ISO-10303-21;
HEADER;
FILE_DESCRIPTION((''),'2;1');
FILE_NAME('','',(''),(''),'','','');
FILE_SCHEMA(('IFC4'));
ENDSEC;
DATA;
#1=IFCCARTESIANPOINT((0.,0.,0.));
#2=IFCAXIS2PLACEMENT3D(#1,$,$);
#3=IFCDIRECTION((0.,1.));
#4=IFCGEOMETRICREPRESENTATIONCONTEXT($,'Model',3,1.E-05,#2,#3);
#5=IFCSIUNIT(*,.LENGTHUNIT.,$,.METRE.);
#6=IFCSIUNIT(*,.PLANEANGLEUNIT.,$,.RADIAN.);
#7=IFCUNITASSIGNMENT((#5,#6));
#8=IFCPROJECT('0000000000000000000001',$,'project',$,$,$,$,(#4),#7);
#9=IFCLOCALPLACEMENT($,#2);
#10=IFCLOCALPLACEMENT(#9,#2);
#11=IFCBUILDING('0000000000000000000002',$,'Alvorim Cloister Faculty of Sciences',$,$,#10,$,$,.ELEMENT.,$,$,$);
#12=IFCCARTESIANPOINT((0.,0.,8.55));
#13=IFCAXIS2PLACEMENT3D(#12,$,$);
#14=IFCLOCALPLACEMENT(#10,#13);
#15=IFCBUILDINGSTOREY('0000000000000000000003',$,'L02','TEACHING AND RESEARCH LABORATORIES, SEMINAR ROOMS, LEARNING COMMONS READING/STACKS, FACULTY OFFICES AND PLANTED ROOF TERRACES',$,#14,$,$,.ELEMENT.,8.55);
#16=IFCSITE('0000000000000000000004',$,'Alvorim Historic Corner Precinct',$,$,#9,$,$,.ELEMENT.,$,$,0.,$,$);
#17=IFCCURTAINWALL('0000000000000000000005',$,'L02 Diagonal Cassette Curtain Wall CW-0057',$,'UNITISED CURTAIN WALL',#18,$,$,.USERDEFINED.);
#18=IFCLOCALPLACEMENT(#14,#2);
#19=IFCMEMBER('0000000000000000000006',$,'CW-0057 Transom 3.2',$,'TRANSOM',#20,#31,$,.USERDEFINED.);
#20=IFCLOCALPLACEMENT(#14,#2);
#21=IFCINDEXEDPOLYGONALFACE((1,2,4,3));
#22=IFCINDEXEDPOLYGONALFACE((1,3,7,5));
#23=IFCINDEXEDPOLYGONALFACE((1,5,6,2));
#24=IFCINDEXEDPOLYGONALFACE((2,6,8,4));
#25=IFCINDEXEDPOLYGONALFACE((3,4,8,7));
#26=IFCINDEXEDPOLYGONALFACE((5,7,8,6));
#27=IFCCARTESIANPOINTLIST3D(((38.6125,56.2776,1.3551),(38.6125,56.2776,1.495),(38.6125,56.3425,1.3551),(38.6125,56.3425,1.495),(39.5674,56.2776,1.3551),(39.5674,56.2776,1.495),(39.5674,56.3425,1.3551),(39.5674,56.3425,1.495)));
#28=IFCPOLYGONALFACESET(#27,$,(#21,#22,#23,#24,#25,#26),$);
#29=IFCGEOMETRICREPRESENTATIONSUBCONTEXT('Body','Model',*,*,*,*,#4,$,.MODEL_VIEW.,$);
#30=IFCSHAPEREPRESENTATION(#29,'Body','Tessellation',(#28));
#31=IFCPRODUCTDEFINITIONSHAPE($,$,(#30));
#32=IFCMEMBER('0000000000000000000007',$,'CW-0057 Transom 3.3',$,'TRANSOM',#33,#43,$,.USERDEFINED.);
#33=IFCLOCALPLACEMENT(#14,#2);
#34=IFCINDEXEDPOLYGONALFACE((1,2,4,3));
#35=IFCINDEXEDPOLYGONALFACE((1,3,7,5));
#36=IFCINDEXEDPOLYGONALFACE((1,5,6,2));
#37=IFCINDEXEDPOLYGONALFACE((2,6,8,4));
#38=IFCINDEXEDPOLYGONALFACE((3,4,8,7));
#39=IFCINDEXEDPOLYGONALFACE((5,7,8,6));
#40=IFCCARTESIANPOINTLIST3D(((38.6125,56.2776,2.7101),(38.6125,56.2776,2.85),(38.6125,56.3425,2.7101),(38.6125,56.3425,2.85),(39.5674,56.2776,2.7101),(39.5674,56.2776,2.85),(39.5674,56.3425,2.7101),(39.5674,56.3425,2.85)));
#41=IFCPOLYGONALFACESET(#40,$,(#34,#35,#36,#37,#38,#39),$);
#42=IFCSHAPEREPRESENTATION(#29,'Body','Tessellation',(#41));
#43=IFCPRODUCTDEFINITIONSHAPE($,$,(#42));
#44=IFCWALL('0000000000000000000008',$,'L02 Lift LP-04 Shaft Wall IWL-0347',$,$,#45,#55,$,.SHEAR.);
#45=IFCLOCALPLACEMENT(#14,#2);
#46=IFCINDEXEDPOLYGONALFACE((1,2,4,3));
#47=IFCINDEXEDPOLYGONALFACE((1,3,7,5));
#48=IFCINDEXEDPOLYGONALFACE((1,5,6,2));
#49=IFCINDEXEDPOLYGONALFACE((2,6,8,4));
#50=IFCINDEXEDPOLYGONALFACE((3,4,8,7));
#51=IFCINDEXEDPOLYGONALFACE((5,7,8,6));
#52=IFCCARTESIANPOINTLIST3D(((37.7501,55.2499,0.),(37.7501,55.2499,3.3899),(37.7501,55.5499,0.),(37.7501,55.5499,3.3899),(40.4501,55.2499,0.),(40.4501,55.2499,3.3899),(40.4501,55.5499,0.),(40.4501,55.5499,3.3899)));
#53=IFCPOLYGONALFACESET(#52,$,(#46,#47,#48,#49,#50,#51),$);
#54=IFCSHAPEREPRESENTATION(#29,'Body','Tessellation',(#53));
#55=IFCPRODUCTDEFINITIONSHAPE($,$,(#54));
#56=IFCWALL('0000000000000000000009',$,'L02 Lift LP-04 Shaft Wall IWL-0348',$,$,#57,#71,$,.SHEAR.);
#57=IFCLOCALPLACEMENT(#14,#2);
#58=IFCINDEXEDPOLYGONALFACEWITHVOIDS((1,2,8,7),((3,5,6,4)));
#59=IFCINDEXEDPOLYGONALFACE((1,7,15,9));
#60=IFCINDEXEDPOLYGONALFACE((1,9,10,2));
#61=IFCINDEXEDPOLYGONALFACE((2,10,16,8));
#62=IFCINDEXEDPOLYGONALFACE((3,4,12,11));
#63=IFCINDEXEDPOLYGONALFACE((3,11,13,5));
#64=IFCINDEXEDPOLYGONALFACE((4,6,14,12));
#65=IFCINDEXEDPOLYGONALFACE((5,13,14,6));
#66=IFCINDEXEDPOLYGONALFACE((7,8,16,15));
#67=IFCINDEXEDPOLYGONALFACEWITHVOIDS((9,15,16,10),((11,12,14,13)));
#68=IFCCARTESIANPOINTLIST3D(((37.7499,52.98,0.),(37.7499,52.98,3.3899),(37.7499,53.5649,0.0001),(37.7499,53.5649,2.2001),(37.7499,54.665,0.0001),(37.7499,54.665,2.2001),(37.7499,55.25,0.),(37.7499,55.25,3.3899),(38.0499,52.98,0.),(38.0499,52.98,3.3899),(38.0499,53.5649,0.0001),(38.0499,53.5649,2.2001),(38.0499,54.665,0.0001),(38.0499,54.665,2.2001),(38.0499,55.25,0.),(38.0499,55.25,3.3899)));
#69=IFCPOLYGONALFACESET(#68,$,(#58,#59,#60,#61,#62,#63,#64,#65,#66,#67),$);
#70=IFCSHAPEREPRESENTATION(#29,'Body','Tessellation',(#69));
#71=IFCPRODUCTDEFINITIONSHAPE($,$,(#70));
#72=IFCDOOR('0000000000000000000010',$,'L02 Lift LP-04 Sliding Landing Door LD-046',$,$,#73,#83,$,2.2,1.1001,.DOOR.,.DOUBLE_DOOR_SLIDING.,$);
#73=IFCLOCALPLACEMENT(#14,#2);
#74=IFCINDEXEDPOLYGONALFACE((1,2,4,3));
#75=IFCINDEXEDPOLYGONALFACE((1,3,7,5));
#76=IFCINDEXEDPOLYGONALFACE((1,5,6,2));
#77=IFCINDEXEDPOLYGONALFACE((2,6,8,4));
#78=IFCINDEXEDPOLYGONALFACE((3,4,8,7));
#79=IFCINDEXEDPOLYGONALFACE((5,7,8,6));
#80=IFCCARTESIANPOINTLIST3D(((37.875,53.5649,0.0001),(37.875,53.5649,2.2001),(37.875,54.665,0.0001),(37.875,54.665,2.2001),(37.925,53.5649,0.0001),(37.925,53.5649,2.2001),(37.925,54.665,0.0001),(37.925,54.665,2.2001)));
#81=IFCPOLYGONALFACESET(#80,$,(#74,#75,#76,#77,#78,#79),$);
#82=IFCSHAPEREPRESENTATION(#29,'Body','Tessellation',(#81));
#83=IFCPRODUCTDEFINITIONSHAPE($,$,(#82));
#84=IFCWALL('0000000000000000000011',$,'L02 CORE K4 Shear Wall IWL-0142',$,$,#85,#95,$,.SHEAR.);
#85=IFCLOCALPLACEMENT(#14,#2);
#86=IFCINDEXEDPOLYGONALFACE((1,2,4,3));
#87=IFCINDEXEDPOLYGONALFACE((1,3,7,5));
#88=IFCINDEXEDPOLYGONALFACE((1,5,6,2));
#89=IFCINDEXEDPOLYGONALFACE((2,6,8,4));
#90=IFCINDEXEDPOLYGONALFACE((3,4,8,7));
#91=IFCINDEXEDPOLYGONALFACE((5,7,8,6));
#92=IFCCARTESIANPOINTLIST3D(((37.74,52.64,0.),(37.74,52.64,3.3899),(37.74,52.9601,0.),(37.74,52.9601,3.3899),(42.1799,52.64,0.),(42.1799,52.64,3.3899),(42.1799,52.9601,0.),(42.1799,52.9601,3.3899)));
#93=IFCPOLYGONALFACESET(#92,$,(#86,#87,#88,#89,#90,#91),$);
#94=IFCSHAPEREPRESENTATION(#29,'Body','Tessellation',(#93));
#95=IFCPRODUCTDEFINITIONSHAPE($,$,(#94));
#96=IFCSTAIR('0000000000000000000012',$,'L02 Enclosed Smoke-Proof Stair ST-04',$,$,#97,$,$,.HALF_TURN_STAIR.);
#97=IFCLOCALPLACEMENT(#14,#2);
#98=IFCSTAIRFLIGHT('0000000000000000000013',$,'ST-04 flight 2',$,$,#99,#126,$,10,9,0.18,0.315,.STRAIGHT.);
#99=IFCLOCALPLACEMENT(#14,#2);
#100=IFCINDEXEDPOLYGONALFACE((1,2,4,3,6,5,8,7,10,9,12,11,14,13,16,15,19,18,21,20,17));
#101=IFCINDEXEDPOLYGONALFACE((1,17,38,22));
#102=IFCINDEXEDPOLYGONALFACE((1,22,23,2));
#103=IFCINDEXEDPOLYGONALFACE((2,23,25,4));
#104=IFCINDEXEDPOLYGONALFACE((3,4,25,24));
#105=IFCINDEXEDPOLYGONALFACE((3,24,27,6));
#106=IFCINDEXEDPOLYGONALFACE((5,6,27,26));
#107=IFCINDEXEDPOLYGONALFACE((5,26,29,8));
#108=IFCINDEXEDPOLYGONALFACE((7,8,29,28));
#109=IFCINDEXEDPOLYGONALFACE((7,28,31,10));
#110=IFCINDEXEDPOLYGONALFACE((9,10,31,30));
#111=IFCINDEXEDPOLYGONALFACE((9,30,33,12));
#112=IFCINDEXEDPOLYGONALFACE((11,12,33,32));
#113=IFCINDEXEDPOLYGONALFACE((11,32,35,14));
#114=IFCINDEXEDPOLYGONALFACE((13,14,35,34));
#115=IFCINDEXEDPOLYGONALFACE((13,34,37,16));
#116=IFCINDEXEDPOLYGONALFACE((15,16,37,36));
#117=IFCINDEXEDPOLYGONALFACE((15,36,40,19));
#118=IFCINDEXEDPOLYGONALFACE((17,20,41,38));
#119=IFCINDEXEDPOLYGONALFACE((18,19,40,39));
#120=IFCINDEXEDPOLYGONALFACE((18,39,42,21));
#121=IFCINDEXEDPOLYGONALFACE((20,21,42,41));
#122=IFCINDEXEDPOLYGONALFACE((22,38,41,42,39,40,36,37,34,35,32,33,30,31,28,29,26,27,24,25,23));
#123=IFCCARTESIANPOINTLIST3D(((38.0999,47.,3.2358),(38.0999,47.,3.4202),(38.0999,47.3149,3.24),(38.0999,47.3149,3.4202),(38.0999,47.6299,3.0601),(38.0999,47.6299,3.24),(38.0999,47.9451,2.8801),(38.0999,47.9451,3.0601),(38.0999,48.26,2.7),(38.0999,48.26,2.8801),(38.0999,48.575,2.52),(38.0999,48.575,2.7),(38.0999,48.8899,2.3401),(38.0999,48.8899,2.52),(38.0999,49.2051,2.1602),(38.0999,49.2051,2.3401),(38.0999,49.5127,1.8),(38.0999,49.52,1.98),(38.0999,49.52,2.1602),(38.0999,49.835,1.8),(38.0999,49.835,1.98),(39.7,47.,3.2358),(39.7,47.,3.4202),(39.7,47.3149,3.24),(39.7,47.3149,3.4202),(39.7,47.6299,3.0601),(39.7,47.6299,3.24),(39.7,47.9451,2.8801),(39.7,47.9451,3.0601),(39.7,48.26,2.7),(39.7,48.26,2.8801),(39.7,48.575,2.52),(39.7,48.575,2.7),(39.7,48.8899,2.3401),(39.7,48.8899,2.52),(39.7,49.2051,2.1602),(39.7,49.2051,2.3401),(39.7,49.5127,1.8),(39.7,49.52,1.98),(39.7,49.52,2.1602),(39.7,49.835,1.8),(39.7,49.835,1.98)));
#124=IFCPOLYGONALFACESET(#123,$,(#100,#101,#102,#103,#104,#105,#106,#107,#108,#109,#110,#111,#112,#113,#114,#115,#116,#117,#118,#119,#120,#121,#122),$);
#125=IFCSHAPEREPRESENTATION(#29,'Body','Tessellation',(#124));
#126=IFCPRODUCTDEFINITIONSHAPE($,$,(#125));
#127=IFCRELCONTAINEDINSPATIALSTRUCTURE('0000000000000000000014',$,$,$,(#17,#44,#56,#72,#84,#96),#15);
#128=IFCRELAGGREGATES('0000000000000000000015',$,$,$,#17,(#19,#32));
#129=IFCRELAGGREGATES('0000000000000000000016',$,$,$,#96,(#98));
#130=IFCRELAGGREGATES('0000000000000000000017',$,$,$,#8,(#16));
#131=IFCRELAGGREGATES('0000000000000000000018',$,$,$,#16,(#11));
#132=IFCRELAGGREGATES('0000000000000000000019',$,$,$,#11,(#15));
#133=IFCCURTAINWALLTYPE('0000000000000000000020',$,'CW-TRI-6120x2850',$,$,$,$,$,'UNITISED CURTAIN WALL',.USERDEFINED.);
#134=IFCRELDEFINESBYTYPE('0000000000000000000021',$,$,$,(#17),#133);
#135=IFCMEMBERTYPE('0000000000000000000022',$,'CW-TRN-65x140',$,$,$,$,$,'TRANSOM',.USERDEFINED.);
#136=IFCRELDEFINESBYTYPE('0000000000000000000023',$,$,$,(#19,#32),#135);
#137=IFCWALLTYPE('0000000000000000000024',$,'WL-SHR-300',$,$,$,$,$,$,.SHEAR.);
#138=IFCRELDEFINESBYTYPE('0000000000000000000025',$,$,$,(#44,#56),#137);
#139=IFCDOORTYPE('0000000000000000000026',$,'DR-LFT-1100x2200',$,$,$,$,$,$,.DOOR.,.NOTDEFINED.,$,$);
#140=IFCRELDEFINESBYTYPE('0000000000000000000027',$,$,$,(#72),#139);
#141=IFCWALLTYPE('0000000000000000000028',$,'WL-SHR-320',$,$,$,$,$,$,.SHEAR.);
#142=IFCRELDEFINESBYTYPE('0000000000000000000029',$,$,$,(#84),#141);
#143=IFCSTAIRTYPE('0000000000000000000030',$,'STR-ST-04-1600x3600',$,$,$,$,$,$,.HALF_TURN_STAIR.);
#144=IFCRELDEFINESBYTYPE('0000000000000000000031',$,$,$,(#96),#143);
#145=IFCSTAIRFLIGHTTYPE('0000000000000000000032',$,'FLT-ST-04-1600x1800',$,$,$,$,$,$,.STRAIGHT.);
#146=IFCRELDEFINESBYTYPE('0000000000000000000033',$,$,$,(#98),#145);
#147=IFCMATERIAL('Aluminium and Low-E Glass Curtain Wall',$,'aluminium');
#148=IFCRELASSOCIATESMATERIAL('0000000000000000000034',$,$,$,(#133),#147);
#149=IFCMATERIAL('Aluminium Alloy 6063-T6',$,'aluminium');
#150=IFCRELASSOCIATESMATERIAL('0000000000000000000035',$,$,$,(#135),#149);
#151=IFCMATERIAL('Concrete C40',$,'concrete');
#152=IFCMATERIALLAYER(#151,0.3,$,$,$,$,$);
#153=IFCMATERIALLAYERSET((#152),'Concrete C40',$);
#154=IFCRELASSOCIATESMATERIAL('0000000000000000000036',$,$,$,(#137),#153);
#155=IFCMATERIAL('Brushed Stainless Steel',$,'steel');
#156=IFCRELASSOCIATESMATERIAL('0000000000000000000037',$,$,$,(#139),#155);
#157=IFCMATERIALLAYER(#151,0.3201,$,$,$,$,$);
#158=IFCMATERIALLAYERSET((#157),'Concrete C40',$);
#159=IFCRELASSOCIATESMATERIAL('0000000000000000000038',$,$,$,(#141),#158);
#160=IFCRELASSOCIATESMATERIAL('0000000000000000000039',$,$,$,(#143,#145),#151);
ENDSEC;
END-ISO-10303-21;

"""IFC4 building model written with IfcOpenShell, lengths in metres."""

from ifc_helpers import new_model, si_unit, direction, frame, frame_2d, origin, origin_2d, place, context, subcontext, project, spatial, polyline, rectangle, outline, extrude, material, layer, layer_set, material_profile, profile_set, type_object, element, fill, aggregate, save


model = new_model("IFC4")

# Units and contexts
model_context = context("Model", 3, precision=1e-05, world=origin(), true_north=direction((0.0, 1.0)))
body_context = subcontext(model_context, "Body", "Model", "MODEL_VIEW")
ifc_project = project(units=[si_unit("LENGTHUNIT", "METRE"), si_unit("PLANEANGLEUNIT", "RADIAN")], contexts=[model_context])

# Site, building, storey
site_placement = place(None, origin())
site = spatial("IfcSite", under=ifc_project, at=site_placement, Name="Alvorim Historic Corner Precinct", CompositionType="ELEMENT", RefElevation=0.0)
building_placement = place(site_placement, origin())
building = spatial("IfcBuilding", under=site, at=building_placement, Name="Alvorim Cloister Faculty of Sciences", CompositionType="ELEMENT")
storey_placement = place(building_placement, frame((0.0, 0.0, 8.55)))
storey = spatial("IfcBuildingStorey", under=building, at=storey_placement, Name="L02", Description="TEACHING AND RESEARCH LABORATORIES, SEMINAR ROOMS, LEARNING COMMONS READING/STACKS, FACULTY OFFICES AND PLANTED ROOF TERRACES", CompositionType="ELEMENT", Elevation=8.55)

# Shared definitions
ifc_material_1 = material(Name="Aluminium and Low-E Glass Curtain Wall", Category="aluminium")
curtain_wall_type = type_object("IfcCurtainWallType", Name="CW-TRI-6120x2850", ElementType="UNITISED CURTAIN WALL", PredefinedType="USERDEFINED", material=ifc_material_1)
ifc_material_2 = material(Name="Aluminium Alloy 6063-T6", Category="aluminium")

# Curtain wall
curtain_wall_1_placement = place(storey_placement, origin())
curtain_wall_1 = element("IfcCurtainWall", 1, at=curtain_wall_1_placement, inside=storey, type_object=curtain_wall_type, Name="L02 Diagonal Cassette Curtain Wall CW-0057", ObjectType="UNITISED CURTAIN WALL", PredefinedType="USERDEFINED")

# Members
ifc_material_profile_1 = material_profile(ifc_material_2, rectangle(XDim=0.0649, YDim=0.1399, at=origin_2d()), Name="ALU-TRN-65x140")
ifc_profile_set_1 = profile_set([ifc_material_profile_1], Name="Aluminium Alloy 6063-T6")
member_type_1 = type_object("IfcMemberType", Name="CW-TRN-65x140", ElementType="TRANSOM", PredefinedType="USERDEFINED", material=ifc_profile_set_1)
member_1_placement = place(storey_placement, frame((38.6125, 56.3101, 1.425), z_axis=(1.0, 0.0, 0.0), x_axis=(0.0, 1.0, 0.0)))
member_1 = element("IfcMember", 2, at=member_1_placement, type_object=member_type_1, Name="CW-0057 Transom 3.2", ObjectType="TRANSOM", PredefinedType="USERDEFINED", context=body_context, shape_type="SweptSolid", body=[
    extrude(rectangle(XDim=0.0649, YDim=0.1399, at=origin_2d()), origin(), (0.0, 0.0, 1.0), 0.9548),
])
member_2_placement = place(storey_placement, frame((38.6125, 56.3101, 2.78), z_axis=(1.0, 0.0, 0.0), x_axis=(0.0, 1.0, 0.0)))
member_2 = element("IfcMember", 3, at=member_2_placement, type_object=member_type_1, Name="CW-0057 Transom 3.3", ObjectType="TRANSOM", PredefinedType="USERDEFINED", context=body_context, shape_type="SweptSolid", body=[
    extrude(rectangle(XDim=0.0649, YDim=0.1399, at=origin_2d()), origin(), (0.0, 0.0, 1.0), 0.9548),
])
aggregate(curtain_wall_1, [member_1, member_2])

# Wall
ifc_material_3 = material(Name="Concrete C40", Category="concrete")
ifc_layer_1 = layer(ifc_material_3, 0.3)
ifc_layer_set_1 = layer_set([ifc_layer_1], Name="Concrete C40")
wall_type_1 = type_object("IfcWallType", Name="WL-SHR-300", PredefinedType="SHEAR", material=ifc_layer_set_1)
wall_1_placement = place(storey_placement, frame((37.75, 55.3999, 0.0), z_axis=(0.0, 0.0, 1.0), x_axis=(1.0, 0.0, 0.0)))
element("IfcWall", 4, at=wall_1_placement, inside=storey, type_object=wall_type_1, Name="L02 Lift LP-04 Shaft Wall IWL-0347", PredefinedType="SHEAR", context=body_context, shape_type="SweptSolid", body=[
    extrude(rectangle(XDim=2.7, YDim=0.3, at=frame_2d((1.3501, 0.0))), origin(), (0.0, 0.0, 1.0), 3.3899),
])

# Wall, opening, door
wall_2_placement = place(storey_placement, frame((37.8999, 52.98, 0.0), z_axis=(0.0, 0.0, 1.0), x_axis=(0.0, 1.0, 0.0)))
wall_2 = element("IfcWall", 5, at=wall_2_placement, inside=storey, type_object=wall_type_1, Name="L02 Lift LP-04 Shaft Wall IWL-0348", PredefinedType="SHEAR", context=body_context, shape_type="SweptSolid", body=[
    extrude(rectangle(XDim=2.27, YDim=0.3, at=frame_2d((1.135, 0.0))), origin(), (0.0, 0.0, 1.0), 3.3899),
])
opening_placement = place(wall_2_placement, frame((0.585, 0.0, 0.0)))
opening = element("IfcOpeningElement", 6, at=opening_placement, cuts=wall_2, PredefinedType="OPENING", context=body_context, shape_type="SweptSolid", body=[
    extrude(rectangle(XDim=1.1001, YDim=2.2, at=frame_2d((0.55, 1.1001))), frame((0.0, 0.1621, 0.0), z_axis=(0.0, -1.0, 0.0), x_axis=(1.0, 0.0, 0.0)), (0.0, 0.0, 1.0), 0.324),
])
ifc_material_4 = material(Name="Brushed Stainless Steel", Category="steel")
door_type = type_object("IfcDoorType", Name="DR-LFT-1100x2200", OperationType="NOTDEFINED", PredefinedType="DOOR", material=ifc_material_4)
door_placement = place(opening_placement, origin())
door = element("IfcDoor", 7, at=door_placement, inside=storey, type_object=door_type, Name="L02 Lift LP-04 Sliding Landing Door LD-046", OperationType="DOUBLE_DOOR_SLIDING", OverallHeight=2.2, OverallWidth=1.1001, PredefinedType="DOOR", context=body_context, shape_type="SweptSolid", body=[
    extrude(rectangle(XDim=1.1001, YDim=2.2, at=frame_2d((0.55, 1.1001))), frame((0.0, 0.0249, 0.0), z_axis=(0.0, -1.0, 0.0), x_axis=(1.0, 0.0, 0.0)), (0.0, 0.0, 1.0), 0.05),
])
fill(opening, door)

# Wall
ifc_layer_2 = layer(ifc_material_3, 0.3201)
ifc_layer_set_2 = layer_set([ifc_layer_2], Name="Concrete C40")
wall_type_2 = type_object("IfcWallType", Name="WL-SHR-320", PredefinedType="SHEAR", material=ifc_layer_set_2)
wall_3_placement = place(storey_placement, frame((37.74, 52.8, 0.0), z_axis=(0.0, 0.0, 1.0), x_axis=(1.0, 0.0, 0.0)))
element("IfcWall", 8, at=wall_3_placement, inside=storey, type_object=wall_type_2, Name="L02 CORE K4 Shear Wall IWL-0142", PredefinedType="SHEAR", context=body_context, shape_type="SweptSolid", body=[
    extrude(rectangle(XDim=4.4399, YDim=0.3201, at=frame_2d((2.22, 0.0))), origin(), (0.0, 0.0, 1.0), 3.3899),
])

# Stair, stair flight
stair_type = type_object("IfcStairType", Name="STR-ST-04-1600x3600", PredefinedType="HALF_TURN_STAIR", material=ifc_material_3)
stair_placement = place(storey_placement, origin())
stair = element("IfcStair", 9, at=stair_placement, inside=storey, type_object=stair_type, Name="L02 Enclosed Smoke-Proof Stair ST-04", PredefinedType="HALF_TURN_STAIR")
stair_flight_type = type_object("IfcStairFlightType", Name="FLT-ST-04-1600x1800", PredefinedType="STRAIGHT", material=ifc_material_3)
stair_flight_placement = place(storey_placement, frame((38.8999, 49.835, 1.8), z_axis=(0.0, 0.0, 1.0), x_axis=(0.0, -1.0, 0.0)))
stair_flight = element("IfcStairFlight", 10, at=stair_flight_placement, type_object=stair_flight_type, Name="ST-04 flight 2", NumberOfRisers=10, NumberOfTreads=9, PredefinedType="STRAIGHT", RiserHeight=0.18, TreadLength=0.315, context=body_context, shape_type="SweptSolid", body=[
    extrude(outline(polyline([(0.3223, 0.0), (2.835, 1.4358), (2.835, 1.8), (2.835, 1.6201), (2.52, 1.6201), (2.52, 1.4399), (2.2051, 1.4399), (2.2051, 1.26), (1.8899, 1.26), (1.8899, 1.0801), (1.575, 1.0801), (1.575, 0.8999), (1.26, 0.8999), (1.26, 0.72), (0.9451, 0.72), (0.9451, 0.54), (0.6299, 0.54), (0.6299, 0.3601), (0.3149, 0.3601), (0.3149, 0.1799), (0.0, 0.1799), (0.0, 0.0), (0.3223, 0.0)])), frame((0.0, 0.8, 0.0), z_axis=(0.0, -1.0, 0.0), x_axis=(1.0, 0.0, 0.0)), (0.0, 0.0, 1.0), 1.6001),
])
aggregate(stair, [stair_flight])

save(model, "model.ifc")
